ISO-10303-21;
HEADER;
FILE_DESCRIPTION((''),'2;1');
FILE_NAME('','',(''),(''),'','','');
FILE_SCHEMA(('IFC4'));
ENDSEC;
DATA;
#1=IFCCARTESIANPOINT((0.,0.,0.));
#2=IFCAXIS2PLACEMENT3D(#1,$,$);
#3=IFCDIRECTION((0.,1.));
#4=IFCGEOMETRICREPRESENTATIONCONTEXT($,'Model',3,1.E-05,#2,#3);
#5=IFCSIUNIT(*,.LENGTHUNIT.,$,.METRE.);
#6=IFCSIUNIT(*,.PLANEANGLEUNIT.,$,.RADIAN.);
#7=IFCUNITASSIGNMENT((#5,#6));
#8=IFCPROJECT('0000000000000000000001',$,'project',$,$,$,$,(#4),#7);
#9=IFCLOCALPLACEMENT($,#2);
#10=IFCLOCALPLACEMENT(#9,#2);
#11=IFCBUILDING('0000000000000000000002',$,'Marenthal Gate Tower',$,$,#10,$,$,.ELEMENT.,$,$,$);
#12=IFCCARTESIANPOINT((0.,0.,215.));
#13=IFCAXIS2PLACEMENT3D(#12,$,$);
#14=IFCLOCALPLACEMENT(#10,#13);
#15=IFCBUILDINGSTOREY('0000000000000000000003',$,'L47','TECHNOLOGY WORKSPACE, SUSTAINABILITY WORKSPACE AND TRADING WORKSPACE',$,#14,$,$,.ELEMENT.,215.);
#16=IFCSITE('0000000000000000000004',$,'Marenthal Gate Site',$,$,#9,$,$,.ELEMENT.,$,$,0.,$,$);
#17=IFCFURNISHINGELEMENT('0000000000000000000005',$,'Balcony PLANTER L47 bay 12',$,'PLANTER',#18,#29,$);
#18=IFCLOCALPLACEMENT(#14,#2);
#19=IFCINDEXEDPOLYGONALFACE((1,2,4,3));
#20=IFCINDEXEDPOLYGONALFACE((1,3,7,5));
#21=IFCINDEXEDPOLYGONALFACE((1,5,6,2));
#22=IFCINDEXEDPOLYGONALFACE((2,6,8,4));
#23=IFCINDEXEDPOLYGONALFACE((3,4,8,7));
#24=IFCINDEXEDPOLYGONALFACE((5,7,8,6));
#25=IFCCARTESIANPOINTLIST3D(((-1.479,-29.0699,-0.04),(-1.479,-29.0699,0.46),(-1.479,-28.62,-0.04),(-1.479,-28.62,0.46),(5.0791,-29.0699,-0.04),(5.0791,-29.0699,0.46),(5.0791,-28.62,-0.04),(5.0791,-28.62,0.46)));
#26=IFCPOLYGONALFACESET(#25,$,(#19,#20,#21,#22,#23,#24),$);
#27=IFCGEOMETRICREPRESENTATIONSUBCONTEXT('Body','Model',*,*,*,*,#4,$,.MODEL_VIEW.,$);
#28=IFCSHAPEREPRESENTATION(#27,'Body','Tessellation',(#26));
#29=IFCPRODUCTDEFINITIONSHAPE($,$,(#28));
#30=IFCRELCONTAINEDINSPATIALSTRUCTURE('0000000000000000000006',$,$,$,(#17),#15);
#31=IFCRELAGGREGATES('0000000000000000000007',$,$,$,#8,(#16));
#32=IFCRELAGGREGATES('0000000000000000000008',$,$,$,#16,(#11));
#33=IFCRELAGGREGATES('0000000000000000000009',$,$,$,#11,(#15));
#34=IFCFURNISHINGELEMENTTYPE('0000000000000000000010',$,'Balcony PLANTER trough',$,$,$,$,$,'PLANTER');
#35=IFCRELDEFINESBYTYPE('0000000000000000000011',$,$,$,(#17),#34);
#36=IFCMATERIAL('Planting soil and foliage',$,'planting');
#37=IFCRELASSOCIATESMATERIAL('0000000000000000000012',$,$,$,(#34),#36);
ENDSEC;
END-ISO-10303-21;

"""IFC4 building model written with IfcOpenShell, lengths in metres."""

from ifc_helpers import new_model, si_unit, direction, frame, origin, origin_2d, place, context, subcontext, project, spatial, rectangle, extrude, material, type_object, element, save


model = new_model("IFC4")

# Units and contexts
model_context = context("Model", 3, precision=1e-05, world=origin(), true_north=direction((0.0, 1.0)))
body_context = subcontext(model_context, "Body", "Model", "MODEL_VIEW")
ifc_project = project(units=[si_unit("LENGTHUNIT", "METRE"), si_unit("PLANEANGLEUNIT", "RADIAN")], contexts=[model_context])

# Site, building, storey
site_placement = place(None, origin())
site = spatial("IfcSite", under=ifc_project, at=site_placement, Name="Marenthal Gate Site", CompositionType="ELEMENT", RefElevation=0.0)
building_placement = place(site_placement, origin())
building = spatial("IfcBuilding", under=site, at=building_placement, Name="Marenthal Gate Tower", CompositionType="ELEMENT")
storey_placement = place(building_placement, frame((0.0, 0.0, 215.0)))
storey = spatial("IfcBuildingStorey", under=building, at=storey_placement, Name="L47", Description="TECHNOLOGY WORKSPACE, SUSTAINABILITY WORKSPACE AND TRADING WORKSPACE", CompositionType="ELEMENT", Elevation=215.0)

# Furnishing element
ifc_material_1 = material(Name="Planting soil and foliage", Category="planting")
furnishing_element_type = type_object("IfcFurnishingElementType", Name="Balcony PLANTER trough", ElementType="PLANTER", material=ifc_material_1)
furnishing_placement = place(storey_placement, frame((1.8, -28.845, -0.04), z_axis=(0.0, 0.0, 1.0), x_axis=(1.0, 0.0, 0.0)))
element("IfcFurnishingElement", 1, at=furnishing_placement, inside=storey, type_object=furnishing_element_type, Name="Balcony PLANTER L47 bay 12", ObjectType="PLANTER", context=body_context, shape_type="SweptSolid", body=[
    extrude(rectangle(XDim=6.5581, YDim=0.45, at=origin_2d()), origin(), (0.0, 0.0, 1.0), 0.5),
])

save(model, "model.ifc")
